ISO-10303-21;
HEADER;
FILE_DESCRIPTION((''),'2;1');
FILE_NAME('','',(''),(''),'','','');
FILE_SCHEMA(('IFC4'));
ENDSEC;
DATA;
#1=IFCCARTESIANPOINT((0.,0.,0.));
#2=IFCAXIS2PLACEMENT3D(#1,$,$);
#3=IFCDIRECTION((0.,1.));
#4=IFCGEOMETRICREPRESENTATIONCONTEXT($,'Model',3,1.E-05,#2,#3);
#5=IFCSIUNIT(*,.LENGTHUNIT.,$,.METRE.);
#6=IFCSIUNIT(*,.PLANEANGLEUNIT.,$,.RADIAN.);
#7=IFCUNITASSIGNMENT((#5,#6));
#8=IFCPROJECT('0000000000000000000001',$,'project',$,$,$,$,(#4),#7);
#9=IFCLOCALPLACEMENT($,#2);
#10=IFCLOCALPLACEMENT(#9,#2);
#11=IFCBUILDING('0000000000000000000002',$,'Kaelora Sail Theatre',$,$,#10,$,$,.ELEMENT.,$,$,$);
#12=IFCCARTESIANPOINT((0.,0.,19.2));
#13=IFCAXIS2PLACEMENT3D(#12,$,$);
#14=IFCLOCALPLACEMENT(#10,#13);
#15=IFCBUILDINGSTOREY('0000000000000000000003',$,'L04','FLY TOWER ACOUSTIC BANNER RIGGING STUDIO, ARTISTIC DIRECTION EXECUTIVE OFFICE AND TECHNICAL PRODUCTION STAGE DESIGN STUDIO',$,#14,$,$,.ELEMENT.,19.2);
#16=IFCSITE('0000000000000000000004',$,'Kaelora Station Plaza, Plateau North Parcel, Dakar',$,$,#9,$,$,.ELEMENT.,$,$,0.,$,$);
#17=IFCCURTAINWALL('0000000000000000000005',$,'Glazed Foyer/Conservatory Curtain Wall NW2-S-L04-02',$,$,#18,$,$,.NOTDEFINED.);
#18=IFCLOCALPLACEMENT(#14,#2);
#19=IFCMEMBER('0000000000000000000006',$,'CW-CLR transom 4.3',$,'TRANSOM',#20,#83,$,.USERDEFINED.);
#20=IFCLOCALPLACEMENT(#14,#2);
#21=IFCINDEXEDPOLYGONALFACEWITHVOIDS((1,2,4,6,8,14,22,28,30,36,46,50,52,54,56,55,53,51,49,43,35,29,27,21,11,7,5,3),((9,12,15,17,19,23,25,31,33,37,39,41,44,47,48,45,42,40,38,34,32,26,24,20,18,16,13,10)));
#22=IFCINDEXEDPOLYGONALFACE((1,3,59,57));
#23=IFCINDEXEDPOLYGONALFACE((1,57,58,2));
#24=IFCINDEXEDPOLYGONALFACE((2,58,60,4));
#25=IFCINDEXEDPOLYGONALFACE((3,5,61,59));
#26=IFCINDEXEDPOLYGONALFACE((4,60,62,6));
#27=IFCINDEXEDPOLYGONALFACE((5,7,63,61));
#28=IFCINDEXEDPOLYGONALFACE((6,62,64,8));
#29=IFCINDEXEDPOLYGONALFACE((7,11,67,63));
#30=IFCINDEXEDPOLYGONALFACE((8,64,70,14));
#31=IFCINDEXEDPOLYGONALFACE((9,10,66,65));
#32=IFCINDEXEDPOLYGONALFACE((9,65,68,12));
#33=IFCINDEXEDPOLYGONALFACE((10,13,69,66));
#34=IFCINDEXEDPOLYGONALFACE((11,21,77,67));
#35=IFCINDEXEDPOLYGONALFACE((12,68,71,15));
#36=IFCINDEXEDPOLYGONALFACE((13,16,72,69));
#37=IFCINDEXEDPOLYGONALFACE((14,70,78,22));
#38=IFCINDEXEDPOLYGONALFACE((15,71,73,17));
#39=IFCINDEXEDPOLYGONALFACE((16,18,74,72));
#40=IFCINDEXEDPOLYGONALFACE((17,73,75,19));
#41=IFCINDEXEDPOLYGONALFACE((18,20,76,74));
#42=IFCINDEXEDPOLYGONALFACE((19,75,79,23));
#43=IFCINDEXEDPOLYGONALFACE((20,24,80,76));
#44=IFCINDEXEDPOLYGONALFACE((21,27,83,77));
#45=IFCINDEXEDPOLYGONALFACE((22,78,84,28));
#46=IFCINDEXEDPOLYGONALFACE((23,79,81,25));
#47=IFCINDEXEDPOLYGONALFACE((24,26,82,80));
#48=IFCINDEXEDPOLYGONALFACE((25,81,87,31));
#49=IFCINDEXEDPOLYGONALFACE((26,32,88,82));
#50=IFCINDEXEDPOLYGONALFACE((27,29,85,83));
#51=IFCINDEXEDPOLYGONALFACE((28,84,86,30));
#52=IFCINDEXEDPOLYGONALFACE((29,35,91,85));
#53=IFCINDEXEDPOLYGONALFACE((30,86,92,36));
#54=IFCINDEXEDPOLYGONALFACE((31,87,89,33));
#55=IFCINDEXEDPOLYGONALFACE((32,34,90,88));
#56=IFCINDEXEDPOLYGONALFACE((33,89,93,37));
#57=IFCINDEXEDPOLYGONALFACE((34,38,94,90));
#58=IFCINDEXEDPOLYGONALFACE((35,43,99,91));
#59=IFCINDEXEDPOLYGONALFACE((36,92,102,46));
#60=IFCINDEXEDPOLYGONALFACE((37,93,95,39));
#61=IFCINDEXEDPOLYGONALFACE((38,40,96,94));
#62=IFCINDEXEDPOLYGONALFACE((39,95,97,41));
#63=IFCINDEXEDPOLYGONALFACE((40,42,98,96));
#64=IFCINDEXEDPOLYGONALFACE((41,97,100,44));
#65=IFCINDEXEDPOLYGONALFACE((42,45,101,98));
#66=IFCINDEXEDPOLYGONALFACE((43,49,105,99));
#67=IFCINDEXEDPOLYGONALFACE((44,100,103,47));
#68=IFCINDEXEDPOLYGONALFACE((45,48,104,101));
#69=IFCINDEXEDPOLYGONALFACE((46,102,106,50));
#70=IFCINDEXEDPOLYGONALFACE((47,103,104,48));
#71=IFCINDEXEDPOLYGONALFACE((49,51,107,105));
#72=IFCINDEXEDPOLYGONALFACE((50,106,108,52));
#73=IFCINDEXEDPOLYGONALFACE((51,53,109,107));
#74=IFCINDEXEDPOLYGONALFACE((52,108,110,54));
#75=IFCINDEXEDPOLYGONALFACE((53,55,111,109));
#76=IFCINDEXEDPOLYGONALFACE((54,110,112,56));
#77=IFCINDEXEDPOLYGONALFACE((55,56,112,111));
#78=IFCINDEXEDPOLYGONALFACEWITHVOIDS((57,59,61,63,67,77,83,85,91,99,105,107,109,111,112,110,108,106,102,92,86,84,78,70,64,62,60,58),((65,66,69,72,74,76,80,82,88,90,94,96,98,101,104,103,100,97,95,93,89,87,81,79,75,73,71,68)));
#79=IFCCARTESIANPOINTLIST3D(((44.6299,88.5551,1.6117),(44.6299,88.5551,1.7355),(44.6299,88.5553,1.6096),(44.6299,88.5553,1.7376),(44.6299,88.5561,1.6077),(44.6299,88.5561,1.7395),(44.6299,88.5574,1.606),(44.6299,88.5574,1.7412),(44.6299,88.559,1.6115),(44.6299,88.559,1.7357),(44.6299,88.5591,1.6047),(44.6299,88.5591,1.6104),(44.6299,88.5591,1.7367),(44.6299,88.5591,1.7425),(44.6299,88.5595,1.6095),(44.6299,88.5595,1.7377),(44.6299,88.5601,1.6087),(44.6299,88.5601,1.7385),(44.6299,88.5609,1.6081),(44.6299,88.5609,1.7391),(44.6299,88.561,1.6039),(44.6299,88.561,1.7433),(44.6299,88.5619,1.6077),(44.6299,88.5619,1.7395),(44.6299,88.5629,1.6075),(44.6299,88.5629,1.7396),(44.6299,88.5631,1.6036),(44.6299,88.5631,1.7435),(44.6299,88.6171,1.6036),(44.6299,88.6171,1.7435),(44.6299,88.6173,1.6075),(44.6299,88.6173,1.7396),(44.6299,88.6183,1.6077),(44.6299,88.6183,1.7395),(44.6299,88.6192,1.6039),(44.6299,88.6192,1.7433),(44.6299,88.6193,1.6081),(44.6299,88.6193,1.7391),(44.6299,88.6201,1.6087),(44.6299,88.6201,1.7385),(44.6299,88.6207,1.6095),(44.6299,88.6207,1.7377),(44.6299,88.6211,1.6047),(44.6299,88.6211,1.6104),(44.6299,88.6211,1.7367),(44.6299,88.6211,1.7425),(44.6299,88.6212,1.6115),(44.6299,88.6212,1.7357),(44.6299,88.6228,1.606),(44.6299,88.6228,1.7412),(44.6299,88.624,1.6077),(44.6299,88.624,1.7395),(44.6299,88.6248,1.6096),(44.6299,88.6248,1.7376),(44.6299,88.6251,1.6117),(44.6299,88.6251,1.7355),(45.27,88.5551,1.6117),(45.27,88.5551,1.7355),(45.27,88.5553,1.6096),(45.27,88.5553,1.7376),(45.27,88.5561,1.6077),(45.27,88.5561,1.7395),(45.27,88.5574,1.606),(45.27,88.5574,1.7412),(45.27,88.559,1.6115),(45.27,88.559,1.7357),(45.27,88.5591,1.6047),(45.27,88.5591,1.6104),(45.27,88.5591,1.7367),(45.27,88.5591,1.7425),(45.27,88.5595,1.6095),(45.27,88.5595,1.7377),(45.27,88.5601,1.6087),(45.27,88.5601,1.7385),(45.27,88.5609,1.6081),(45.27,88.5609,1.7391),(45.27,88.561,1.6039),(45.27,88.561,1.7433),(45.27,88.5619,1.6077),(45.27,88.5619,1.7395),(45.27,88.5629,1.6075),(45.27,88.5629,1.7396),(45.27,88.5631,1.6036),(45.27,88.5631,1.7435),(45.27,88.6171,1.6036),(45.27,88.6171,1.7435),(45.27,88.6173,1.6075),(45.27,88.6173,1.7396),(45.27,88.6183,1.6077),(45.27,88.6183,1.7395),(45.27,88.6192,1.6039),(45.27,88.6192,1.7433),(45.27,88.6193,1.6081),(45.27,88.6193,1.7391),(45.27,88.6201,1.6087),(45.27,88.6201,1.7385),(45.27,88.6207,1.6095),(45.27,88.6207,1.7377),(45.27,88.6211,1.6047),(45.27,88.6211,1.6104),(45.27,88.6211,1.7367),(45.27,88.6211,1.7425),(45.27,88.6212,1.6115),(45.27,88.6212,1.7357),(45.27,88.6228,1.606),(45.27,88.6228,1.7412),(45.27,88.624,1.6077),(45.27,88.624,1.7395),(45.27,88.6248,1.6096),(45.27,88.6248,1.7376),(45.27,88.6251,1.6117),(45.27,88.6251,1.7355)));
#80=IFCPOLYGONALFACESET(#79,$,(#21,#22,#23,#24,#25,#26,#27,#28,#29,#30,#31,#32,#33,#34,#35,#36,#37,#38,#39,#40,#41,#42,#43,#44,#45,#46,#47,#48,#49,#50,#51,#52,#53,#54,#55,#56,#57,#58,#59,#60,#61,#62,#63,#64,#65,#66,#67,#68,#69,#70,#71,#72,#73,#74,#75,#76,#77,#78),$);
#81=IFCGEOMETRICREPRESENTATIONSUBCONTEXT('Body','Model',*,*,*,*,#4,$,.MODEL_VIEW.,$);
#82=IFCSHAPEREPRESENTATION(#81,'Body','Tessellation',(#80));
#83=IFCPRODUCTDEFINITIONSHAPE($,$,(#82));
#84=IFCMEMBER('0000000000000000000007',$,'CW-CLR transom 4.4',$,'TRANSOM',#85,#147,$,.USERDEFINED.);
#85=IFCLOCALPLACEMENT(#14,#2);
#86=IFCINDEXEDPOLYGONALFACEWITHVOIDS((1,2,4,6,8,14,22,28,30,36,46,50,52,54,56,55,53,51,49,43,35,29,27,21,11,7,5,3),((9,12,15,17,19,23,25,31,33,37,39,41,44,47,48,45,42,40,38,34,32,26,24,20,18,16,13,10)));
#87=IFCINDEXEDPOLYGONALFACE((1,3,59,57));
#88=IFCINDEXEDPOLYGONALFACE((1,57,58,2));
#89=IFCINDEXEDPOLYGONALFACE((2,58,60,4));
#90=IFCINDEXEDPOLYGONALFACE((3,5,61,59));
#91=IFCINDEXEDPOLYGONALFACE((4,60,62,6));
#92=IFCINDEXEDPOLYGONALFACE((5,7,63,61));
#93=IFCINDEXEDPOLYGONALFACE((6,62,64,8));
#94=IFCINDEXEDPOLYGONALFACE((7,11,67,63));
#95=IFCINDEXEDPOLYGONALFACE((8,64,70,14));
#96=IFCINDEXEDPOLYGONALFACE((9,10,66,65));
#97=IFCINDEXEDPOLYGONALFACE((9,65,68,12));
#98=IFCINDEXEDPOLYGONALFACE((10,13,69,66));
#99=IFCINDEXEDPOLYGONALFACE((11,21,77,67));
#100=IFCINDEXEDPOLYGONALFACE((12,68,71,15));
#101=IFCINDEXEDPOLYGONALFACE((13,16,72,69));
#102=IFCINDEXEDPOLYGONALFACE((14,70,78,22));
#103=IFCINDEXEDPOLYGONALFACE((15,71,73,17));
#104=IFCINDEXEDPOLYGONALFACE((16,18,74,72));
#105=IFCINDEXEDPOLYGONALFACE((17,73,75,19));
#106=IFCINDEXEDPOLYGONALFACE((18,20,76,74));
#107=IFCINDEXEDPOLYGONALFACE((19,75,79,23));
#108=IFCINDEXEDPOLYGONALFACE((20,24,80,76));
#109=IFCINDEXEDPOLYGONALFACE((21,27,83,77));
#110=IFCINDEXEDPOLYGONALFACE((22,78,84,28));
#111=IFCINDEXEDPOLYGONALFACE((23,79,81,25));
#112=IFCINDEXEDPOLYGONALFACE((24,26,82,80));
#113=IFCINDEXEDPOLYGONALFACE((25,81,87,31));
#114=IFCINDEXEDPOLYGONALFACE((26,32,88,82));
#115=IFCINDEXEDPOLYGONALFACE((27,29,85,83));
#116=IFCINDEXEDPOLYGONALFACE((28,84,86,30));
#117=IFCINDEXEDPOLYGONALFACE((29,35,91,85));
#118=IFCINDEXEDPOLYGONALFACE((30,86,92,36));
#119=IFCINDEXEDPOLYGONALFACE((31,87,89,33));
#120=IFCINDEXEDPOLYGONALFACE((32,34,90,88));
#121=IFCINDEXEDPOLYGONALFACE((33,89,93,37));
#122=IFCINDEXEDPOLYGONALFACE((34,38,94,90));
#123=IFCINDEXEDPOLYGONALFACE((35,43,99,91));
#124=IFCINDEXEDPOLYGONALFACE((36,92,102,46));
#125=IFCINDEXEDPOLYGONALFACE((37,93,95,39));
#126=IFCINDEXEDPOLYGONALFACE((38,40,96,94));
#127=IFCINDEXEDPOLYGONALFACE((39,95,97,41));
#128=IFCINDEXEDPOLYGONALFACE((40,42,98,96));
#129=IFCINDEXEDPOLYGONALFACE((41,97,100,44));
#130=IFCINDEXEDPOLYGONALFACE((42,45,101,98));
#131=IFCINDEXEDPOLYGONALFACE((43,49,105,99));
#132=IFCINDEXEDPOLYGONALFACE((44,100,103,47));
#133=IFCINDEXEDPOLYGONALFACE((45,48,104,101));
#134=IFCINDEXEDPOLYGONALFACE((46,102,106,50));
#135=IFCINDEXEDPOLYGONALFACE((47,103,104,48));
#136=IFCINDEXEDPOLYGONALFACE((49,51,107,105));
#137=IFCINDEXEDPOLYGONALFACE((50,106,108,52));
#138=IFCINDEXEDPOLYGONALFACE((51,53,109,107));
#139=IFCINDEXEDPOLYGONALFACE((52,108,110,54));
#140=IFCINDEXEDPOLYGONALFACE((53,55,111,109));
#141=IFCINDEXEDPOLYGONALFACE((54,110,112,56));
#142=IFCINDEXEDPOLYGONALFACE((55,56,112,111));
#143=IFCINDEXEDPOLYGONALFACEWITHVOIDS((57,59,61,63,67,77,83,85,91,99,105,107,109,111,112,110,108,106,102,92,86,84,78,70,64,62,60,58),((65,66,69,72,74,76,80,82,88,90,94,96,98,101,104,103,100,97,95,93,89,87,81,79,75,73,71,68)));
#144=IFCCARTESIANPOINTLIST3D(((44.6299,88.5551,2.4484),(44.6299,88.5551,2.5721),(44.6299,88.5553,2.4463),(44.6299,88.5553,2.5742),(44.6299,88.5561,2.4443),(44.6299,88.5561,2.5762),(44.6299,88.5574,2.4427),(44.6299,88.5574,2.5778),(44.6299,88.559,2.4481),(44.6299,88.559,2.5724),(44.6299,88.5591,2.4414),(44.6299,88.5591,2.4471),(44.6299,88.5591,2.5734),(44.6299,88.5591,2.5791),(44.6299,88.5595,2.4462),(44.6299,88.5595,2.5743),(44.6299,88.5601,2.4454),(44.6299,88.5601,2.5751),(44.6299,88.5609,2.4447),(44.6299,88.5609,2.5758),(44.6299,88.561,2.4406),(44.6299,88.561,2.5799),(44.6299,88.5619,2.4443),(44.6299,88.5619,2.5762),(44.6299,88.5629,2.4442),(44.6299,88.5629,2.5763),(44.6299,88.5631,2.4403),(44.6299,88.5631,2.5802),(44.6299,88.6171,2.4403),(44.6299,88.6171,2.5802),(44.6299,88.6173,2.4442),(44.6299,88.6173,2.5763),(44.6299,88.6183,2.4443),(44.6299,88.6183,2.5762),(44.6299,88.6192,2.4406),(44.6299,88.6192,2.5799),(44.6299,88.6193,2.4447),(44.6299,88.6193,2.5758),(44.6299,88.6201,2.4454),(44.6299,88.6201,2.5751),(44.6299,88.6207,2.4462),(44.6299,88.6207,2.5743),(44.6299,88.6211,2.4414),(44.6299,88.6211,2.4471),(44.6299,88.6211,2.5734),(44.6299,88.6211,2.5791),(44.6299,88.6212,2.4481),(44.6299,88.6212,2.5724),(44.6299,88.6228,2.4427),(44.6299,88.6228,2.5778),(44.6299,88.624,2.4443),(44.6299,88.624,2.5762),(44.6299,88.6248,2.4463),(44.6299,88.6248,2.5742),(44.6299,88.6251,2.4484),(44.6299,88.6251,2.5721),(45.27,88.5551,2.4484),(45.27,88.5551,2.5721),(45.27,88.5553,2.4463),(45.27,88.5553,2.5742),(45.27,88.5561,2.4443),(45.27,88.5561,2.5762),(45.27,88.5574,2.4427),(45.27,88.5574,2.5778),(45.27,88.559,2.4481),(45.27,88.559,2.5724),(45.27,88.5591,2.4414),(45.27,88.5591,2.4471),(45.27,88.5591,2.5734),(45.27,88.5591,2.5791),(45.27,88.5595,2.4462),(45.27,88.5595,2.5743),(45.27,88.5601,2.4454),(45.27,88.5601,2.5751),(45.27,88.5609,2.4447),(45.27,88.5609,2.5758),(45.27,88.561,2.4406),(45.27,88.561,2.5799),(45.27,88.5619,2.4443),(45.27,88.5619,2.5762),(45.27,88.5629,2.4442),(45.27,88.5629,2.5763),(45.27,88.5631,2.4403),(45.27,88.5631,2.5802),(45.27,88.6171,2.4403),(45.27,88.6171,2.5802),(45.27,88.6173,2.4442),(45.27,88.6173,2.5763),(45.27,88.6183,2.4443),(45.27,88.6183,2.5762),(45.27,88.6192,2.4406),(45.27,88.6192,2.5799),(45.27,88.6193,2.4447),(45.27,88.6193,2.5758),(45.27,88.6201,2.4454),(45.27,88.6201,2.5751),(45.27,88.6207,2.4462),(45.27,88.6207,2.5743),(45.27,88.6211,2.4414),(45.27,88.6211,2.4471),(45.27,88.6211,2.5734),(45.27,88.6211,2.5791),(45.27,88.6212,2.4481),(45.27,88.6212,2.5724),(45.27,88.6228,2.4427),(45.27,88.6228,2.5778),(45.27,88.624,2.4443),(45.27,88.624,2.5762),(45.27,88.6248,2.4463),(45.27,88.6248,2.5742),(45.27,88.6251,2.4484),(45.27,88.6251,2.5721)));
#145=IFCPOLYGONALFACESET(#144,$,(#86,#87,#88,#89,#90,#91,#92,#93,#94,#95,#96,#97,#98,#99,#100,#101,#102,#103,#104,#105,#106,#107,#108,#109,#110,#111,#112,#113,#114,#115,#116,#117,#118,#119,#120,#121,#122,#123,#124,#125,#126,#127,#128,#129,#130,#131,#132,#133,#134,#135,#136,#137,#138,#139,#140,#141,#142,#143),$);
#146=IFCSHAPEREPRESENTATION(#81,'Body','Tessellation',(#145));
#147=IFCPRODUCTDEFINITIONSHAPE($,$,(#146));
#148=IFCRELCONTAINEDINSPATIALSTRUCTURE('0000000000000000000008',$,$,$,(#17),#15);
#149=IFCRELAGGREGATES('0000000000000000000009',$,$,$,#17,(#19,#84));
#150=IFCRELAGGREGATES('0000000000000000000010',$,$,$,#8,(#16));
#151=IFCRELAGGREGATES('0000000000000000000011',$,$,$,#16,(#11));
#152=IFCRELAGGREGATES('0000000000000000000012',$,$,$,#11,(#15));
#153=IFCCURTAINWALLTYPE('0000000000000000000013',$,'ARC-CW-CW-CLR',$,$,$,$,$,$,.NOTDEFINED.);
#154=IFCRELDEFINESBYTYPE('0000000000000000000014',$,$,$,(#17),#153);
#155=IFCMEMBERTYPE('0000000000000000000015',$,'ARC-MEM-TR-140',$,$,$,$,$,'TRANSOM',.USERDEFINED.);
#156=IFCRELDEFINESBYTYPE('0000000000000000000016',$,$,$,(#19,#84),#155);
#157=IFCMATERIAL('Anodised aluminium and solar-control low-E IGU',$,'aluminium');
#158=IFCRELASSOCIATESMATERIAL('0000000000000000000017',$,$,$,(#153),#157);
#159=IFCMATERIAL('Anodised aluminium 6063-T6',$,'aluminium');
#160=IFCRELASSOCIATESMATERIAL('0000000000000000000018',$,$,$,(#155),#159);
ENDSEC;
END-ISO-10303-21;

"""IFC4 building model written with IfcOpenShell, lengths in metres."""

from ifc_helpers import new_model, si_unit, direction, frame, origin, origin_2d, place, context, subcontext, project, spatial, hollow_rectangle, extrude, material, material_profile, profile_set, type_object, element, aggregate, save


model = new_model("IFC4")

# Units and contexts
model_context = context("Model", 3, precision=1e-05, world=origin(), true_north=direction((0.0, 1.0)))
body_context = subcontext(model_context, "Body", "Model", "MODEL_VIEW")
ifc_project = project(units=[si_unit("LENGTHUNIT", "METRE"), si_unit("PLANEANGLEUNIT", "RADIAN")], contexts=[model_context])

# Site, building, storey
site_placement = place(None, origin())
site = spatial("IfcSite", under=ifc_project, at=site_placement, Name="Kaelora Station Plaza, Plateau North Parcel, Dakar", CompositionType="ELEMENT", RefElevation=0.0)
building_placement = place(site_placement, origin())
building = spatial("IfcBuilding", under=site, at=building_placement, Name="Kaelora Sail Theatre", CompositionType="ELEMENT")
storey_placement = place(building_placement, frame((0.0, 0.0, 19.2)))
storey = spatial("IfcBuildingStorey", under=building, at=storey_placement, Name="L04", Description="FLY TOWER ACOUSTIC BANNER RIGGING STUDIO, ARTISTIC DIRECTION EXECUTIVE OFFICE AND TECHNICAL PRODUCTION STAGE DESIGN STUDIO", CompositionType="ELEMENT", Elevation=19.2)

# Curtain wall, members
ifc_material_1 = material(Name="Anodised aluminium and solar-control low-E IGU", Category="aluminium")
curtain_wall_type = type_object("IfcCurtainWallType", Name="ARC-CW-CW-CLR", PredefinedType="NOTDEFINED", material=ifc_material_1)
curtain_wall_placement = place(storey_placement, origin())
curtain_wall = element("IfcCurtainWall", 1, at=curtain_wall_placement, inside=storey, type_object=curtain_wall_type, Name="Glazed Foyer/Conservatory Curtain Wall NW2-S-L04-02", PredefinedType="NOTDEFINED")
ifc_material_2 = material(Name="Anodised aluminium 6063-T6", Category="aluminium")
ifc_material_profile = material_profile(ifc_material_2, hollow_rectangle(XDim=0.0701, YDim=0.1399, WallThickness=0.0039, InnerFilletRadius=0.0039, OuterFilletRadius=0.0081, at=origin_2d()), Name="ALU-TRAN 70x140x4")
ifc_profile_set = profile_set([ifc_material_profile], Name="Anodised aluminium 6063-T6")
member_type = type_object("IfcMemberType", Name="ARC-MEM-TR-140", ElementType="TRANSOM", PredefinedType="USERDEFINED", material=ifc_profile_set)
member_1_placement = place(storey_placement, frame((44.6299, 88.5901, 1.6736), z_axis=(1.0, 0.0, 0.0), x_axis=(0.0, 1.0, 0.0)))
member_1 = element("IfcMember", 2, at=member_1_placement, type_object=member_type, Name="CW-CLR transom 4.3", ObjectType="TRANSOM", PredefinedType="USERDEFINED", context=body_context, shape_type="SweptSolid", body=[
    extrude(hollow_rectangle(XDim=0.0701, YDim=0.1399, WallThickness=0.0039, InnerFilletRadius=0.0039, OuterFilletRadius=0.0081, at=origin_2d()), origin(), (0.0, 0.0, 1.0), 0.6401),
])
member_2_placement = place(storey_placement, frame((44.6299, 88.5901, 2.5103), z_axis=(1.0, 0.0, 0.0), x_axis=(0.0, 1.0, 0.0)))
member_2 = element("IfcMember", 3, at=member_2_placement, type_object=member_type, Name="CW-CLR transom 4.4", ObjectType="TRANSOM", PredefinedType="USERDEFINED", context=body_context, shape_type="SweptSolid", body=[
    extrude(hollow_rectangle(XDim=0.0701, YDim=0.1399, WallThickness=0.0039, InnerFilletRadius=0.0039, OuterFilletRadius=0.0081, at=origin_2d()), origin(), (0.0, 0.0, 1.0), 0.6401),
])
aggregate(curtain_wall, [member_1, member_2])

save(model, "model.ifc")
